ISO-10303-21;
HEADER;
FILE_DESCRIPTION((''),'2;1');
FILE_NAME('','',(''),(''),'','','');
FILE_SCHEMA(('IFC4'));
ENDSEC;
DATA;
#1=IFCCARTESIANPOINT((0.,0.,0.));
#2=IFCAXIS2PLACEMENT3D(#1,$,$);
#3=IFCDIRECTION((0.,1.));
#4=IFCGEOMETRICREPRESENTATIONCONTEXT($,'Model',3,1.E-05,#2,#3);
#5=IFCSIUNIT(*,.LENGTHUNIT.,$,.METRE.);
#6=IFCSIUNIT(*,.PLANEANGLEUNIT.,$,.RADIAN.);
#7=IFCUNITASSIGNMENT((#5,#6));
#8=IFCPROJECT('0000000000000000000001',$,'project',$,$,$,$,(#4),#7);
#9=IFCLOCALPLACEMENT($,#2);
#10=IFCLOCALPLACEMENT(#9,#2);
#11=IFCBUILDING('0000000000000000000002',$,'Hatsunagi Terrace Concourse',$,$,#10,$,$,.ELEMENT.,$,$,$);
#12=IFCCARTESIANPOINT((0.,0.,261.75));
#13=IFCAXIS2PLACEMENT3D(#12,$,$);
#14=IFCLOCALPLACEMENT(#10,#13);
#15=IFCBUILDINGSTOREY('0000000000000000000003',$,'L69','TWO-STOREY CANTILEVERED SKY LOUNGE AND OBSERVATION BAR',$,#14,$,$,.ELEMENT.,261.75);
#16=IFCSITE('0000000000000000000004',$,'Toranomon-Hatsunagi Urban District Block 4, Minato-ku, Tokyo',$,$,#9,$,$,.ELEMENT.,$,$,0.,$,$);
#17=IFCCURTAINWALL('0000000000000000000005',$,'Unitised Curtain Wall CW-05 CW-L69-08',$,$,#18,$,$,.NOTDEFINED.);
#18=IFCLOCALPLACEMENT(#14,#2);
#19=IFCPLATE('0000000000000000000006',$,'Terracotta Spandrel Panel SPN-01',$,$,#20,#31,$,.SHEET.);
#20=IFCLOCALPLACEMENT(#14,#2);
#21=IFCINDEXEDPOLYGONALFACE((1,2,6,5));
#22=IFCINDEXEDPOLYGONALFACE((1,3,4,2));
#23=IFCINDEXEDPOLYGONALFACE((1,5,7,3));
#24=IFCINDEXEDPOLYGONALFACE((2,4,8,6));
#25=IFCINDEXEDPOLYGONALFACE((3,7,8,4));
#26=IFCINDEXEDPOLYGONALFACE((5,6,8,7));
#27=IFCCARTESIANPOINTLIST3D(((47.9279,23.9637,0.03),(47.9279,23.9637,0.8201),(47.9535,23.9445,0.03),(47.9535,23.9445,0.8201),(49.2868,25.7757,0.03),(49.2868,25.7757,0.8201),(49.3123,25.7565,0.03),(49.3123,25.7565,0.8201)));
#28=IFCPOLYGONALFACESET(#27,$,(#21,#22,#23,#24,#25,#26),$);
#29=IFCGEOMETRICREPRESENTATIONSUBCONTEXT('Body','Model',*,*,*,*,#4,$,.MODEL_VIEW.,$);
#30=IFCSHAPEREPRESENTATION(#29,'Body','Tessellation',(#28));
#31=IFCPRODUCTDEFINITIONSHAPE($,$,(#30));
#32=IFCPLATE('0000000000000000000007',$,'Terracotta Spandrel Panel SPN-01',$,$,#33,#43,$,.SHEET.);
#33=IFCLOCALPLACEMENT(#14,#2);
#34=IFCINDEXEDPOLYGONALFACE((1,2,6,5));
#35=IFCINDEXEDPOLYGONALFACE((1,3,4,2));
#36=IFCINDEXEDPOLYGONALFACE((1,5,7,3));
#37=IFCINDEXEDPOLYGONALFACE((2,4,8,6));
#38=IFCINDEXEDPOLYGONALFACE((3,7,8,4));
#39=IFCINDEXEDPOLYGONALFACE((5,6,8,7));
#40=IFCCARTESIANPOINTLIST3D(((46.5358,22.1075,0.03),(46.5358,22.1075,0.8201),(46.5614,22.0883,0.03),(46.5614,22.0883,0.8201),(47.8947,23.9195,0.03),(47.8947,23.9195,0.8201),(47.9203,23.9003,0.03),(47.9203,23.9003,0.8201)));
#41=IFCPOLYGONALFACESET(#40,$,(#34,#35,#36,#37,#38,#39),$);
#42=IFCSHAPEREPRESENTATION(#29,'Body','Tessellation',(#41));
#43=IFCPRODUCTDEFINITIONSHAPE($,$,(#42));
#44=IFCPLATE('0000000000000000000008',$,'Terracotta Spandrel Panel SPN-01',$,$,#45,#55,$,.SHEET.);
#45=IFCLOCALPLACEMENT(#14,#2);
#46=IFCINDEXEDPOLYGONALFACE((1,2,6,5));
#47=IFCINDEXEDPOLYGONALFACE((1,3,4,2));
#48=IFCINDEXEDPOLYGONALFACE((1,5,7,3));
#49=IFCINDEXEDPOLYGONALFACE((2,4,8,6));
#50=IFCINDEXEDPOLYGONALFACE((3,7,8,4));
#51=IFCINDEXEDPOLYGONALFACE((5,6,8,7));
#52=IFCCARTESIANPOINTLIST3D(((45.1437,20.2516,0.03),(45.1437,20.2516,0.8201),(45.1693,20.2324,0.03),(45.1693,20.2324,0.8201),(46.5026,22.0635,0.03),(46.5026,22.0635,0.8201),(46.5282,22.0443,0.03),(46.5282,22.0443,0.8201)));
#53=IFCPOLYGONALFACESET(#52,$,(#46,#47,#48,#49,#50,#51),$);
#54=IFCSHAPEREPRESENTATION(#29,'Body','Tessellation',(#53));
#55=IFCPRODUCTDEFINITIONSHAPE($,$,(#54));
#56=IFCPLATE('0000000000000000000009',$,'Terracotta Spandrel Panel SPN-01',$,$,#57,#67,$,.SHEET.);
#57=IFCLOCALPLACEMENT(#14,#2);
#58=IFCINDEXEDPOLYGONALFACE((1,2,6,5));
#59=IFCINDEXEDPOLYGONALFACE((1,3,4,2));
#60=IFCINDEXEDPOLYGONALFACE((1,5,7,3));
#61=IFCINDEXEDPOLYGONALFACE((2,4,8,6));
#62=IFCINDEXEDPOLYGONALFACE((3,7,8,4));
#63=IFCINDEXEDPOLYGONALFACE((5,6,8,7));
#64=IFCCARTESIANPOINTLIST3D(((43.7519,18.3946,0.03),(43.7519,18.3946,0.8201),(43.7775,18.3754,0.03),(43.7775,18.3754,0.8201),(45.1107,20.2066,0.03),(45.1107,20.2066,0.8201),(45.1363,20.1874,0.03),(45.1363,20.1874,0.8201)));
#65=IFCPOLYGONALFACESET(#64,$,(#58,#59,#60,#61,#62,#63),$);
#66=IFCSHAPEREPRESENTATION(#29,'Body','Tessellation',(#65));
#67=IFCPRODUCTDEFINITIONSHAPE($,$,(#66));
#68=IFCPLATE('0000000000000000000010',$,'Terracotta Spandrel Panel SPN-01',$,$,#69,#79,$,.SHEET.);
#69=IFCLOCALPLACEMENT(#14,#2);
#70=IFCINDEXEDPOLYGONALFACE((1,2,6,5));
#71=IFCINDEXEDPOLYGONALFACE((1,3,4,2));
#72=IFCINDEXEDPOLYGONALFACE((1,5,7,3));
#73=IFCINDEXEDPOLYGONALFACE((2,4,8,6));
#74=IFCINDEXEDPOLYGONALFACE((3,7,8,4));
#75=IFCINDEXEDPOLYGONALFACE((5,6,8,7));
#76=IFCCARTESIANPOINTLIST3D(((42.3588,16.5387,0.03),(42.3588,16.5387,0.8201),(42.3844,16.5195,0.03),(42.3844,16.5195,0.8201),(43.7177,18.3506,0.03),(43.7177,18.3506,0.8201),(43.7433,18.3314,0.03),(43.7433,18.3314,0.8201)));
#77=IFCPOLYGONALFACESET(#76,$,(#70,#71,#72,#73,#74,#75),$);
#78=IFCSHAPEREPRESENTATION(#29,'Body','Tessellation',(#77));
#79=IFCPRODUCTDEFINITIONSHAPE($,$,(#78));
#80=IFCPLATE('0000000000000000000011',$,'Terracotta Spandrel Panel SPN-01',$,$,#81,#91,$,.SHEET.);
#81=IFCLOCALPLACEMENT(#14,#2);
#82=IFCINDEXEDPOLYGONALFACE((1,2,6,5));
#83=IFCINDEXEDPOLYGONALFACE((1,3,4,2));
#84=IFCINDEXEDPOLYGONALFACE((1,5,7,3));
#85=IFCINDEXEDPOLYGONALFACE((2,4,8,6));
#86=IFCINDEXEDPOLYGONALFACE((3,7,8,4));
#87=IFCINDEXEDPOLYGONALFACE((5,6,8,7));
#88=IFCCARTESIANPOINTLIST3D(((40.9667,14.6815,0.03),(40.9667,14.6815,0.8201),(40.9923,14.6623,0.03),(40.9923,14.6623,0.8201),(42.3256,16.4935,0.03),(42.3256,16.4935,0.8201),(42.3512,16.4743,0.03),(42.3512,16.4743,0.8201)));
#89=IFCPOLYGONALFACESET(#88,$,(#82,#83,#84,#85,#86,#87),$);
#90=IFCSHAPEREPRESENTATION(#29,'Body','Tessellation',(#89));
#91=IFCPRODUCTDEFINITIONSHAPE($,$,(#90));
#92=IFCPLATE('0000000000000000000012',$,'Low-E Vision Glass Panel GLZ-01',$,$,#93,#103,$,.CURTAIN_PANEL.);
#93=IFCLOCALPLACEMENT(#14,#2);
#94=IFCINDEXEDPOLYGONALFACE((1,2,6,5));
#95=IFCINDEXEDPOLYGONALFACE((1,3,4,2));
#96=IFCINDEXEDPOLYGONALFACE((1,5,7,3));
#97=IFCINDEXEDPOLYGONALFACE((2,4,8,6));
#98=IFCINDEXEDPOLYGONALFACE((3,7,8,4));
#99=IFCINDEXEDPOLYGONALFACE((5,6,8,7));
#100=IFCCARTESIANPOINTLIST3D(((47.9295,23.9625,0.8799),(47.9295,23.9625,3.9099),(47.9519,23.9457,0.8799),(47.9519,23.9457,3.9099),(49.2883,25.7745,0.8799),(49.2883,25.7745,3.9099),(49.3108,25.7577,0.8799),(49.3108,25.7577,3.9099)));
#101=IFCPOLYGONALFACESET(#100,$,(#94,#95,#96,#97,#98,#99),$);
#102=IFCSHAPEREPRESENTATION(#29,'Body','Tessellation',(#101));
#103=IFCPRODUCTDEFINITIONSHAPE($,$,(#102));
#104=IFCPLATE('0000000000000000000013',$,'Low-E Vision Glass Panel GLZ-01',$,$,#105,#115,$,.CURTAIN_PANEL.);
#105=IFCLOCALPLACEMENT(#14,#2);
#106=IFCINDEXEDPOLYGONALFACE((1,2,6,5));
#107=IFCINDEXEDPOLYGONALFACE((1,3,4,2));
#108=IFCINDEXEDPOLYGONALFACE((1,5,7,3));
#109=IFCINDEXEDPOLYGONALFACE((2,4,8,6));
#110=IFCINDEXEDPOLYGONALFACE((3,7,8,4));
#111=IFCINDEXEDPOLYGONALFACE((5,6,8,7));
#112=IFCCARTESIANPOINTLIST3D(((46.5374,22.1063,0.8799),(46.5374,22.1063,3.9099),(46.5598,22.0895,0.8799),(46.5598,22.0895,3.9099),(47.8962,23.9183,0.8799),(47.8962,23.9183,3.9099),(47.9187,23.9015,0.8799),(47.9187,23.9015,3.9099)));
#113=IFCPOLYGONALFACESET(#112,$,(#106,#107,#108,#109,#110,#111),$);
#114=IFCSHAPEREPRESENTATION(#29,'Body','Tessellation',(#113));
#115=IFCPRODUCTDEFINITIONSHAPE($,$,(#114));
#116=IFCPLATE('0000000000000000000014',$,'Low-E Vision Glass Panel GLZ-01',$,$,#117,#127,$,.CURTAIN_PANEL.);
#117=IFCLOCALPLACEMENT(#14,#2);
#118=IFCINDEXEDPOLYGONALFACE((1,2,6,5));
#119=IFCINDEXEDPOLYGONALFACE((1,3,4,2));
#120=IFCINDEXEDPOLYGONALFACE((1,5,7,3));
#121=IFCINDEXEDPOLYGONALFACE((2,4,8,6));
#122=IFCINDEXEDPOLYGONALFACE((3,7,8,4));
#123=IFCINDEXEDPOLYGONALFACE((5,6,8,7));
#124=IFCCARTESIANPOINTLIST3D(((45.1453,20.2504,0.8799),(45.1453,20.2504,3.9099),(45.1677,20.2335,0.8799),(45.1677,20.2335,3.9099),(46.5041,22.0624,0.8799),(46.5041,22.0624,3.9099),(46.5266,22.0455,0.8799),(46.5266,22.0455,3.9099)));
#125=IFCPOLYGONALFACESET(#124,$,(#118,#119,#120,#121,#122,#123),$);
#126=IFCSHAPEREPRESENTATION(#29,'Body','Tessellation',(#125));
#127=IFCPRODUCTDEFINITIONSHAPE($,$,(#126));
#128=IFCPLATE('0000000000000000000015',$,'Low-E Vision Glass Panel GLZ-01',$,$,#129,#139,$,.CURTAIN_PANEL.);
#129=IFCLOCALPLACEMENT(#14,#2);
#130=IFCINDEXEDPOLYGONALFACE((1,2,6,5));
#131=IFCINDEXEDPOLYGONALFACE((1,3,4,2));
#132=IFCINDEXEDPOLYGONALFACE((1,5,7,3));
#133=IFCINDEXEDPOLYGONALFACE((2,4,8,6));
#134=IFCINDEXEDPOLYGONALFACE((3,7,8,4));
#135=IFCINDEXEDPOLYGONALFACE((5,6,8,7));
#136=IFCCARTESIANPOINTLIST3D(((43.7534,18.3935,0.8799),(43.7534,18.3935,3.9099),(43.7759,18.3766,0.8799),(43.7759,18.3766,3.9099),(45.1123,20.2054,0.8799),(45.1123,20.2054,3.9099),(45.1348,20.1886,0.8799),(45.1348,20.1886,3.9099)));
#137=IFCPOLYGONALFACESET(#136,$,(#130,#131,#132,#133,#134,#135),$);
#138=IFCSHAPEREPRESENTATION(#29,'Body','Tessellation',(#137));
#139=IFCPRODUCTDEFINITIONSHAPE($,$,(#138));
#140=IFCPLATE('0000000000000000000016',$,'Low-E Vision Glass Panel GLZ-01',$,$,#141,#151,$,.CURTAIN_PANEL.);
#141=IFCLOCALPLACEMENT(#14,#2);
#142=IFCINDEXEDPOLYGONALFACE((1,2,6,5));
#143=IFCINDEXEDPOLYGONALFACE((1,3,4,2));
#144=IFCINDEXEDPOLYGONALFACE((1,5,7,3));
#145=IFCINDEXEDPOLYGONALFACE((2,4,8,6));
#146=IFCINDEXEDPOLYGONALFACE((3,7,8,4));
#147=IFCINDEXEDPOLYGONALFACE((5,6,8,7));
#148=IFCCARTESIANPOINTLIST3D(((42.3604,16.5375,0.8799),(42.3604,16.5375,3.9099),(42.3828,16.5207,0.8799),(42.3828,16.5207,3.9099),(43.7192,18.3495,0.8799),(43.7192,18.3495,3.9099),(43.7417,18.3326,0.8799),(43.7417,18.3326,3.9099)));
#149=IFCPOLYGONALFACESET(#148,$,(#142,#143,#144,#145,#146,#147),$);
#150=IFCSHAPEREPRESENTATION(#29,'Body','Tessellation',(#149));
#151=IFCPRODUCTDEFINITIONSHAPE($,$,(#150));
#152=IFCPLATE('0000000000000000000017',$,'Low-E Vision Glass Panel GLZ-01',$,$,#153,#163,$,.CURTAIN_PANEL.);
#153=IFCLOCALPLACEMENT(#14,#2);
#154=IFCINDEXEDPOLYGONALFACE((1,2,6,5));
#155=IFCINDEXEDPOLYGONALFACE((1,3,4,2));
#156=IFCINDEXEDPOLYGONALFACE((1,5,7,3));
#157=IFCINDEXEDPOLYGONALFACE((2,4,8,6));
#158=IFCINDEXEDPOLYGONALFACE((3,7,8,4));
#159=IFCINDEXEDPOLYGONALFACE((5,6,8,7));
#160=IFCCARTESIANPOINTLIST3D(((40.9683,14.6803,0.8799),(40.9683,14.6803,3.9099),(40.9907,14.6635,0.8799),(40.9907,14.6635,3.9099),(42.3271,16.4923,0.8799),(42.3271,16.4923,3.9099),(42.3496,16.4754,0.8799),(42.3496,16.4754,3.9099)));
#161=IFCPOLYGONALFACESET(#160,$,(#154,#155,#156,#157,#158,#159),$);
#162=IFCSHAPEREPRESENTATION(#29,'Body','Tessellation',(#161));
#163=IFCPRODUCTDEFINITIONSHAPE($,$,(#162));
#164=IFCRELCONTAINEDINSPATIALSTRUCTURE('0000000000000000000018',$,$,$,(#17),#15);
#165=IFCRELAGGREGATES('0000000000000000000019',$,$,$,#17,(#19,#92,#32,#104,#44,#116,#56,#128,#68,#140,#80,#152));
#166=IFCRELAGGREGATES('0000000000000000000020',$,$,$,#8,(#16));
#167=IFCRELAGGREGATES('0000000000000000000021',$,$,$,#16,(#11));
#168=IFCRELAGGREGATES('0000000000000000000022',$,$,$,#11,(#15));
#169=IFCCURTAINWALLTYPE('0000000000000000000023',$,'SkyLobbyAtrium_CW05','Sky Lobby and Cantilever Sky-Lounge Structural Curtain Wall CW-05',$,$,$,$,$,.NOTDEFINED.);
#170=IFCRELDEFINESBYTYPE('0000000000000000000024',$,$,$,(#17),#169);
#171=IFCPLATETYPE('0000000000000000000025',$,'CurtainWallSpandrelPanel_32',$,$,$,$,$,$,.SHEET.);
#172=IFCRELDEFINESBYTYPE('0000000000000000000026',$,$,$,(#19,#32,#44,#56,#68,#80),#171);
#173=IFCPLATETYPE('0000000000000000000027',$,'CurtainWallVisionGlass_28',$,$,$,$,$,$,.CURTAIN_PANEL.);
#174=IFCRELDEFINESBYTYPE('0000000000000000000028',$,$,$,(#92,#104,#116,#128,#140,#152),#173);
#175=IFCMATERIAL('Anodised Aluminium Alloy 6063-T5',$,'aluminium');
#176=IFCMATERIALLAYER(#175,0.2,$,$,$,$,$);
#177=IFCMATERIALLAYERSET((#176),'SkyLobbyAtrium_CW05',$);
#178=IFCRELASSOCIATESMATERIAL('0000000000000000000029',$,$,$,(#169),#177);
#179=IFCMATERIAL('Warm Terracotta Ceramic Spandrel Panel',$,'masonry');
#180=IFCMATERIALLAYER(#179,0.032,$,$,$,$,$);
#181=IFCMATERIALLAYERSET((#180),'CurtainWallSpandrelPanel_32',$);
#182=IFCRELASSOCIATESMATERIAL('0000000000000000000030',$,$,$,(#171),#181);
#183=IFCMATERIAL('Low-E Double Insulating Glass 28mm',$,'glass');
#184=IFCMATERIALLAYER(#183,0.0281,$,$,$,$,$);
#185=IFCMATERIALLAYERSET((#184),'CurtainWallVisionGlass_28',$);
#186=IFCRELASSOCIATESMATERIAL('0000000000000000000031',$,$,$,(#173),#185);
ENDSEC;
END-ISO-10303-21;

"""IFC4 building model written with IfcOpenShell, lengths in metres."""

from ifc_helpers import new_model, si_unit, direction, frame, origin, origin_2d, place, context, subcontext, project, spatial, rectangle, extrude, material, layer, layer_set, type_object, element, aggregate, save


model = new_model("IFC4")

# Units and contexts
model_context = context("Model", 3, precision=1e-05, world=origin(), true_north=direction((0.0, 1.0)))
body_context = subcontext(model_context, "Body", "Model", "MODEL_VIEW")
ifc_project = project(units=[si_unit("LENGTHUNIT", "METRE"), si_unit("PLANEANGLEUNIT", "RADIAN")], contexts=[model_context])

# Site, building, storey
site_placement = place(None, origin())
site = spatial("IfcSite", under=ifc_project, at=site_placement, Name="Toranomon-Hatsunagi Urban District Block 4, Minato-ku, Tokyo", CompositionType="ELEMENT", RefElevation=0.0)
building_placement = place(site_placement, origin())
building = spatial("IfcBuilding", under=site, at=building_placement, Name="Hatsunagi Terrace Concourse", CompositionType="ELEMENT")
storey_placement = place(building_placement, frame((0.0, 0.0, 261.75)))
storey = spatial("IfcBuildingStorey", under=building, at=storey_placement, Name="L69", Description="TWO-STOREY CANTILEVERED SKY LOUNGE AND OBSERVATION BAR", CompositionType="ELEMENT", Elevation=261.75)

# Curtain wall
ifc_material_1 = material(Name="Anodised Aluminium Alloy 6063-T5", Category="aluminium")
ifc_layer_1 = layer(ifc_material_1, 0.2)
ifc_layer_set_1 = layer_set([ifc_layer_1], Name="SkyLobbyAtrium_CW05")
curtain_wall_type = type_object("IfcCurtainWallType", Name="SkyLobbyAtrium_CW05", Description="Sky Lobby and Cantilever Sky-Lounge Structural Curtain Wall CW-05", PredefinedType="NOTDEFINED", material=ifc_layer_set_1)
curtain_wall_placement = place(storey_placement, origin())
curtain_wall = element("IfcCurtainWall", 1, at=curtain_wall_placement, inside=storey, type_object=curtain_wall_type, Name="Unitised Curtain Wall CW-05 CW-L69-08", PredefinedType="NOTDEFINED")

# Plates
ifc_material_2 = material(Name="Warm Terracotta Ceramic Spandrel Panel", Category="masonry")
ifc_layer_2 = layer(ifc_material_2, 0.032)
ifc_layer_set_2 = layer_set([ifc_layer_2], Name="CurtainWallSpandrelPanel_32")
plate_type_1 = type_object("IfcPlateType", Name="CurtainWallSpandrelPanel_32", PredefinedType="SHEET", material=ifc_layer_set_2)
plate_1_placement = place(storey_placement, frame((48.6201, 24.8601, 0.03), z_axis=(0.0, 0.0, 1.0), x_axis=(-0.599969, -0.800023, 0.0)))
plate_1 = element("IfcPlate", 2, at=plate_1_placement, type_object=plate_type_1, Name="Terracotta Spandrel Panel SPN-01", PredefinedType="SHEET", context=body_context, shape_type="SweptSolid", body=[
    extrude(rectangle(XDim=2.2649, YDim=0.032, at=origin_2d()), origin(), (0.0, 0.0, 1.0), 0.79),
])
plate_2_placement = place(storey_placement, frame((47.228, 23.0039, 0.03), z_axis=(0.0, 0.0, 1.0), x_axis=(-0.599969, -0.800023, 0.0)))
plate_2 = element("IfcPlate", 3, at=plate_2_placement, type_object=plate_type_1, Name="Terracotta Spandrel Panel SPN-01", PredefinedType="SHEET", context=body_context, shape_type="SweptSolid", body=[
    extrude(rectangle(XDim=2.2649, YDim=0.032, at=origin_2d()), origin(), (0.0, 0.0, 1.0), 0.79),
])
plate_3_placement = place(storey_placement, frame((45.8359, 21.1479, 0.03), z_axis=(0.0, 0.0, 1.0), x_axis=(-0.599969, -0.800023, 0.0)))
plate_3 = element("IfcPlate", 4, at=plate_3_placement, type_object=plate_type_1, Name="Terracotta Spandrel Panel SPN-01", PredefinedType="SHEET", context=body_context, shape_type="SweptSolid", body=[
    extrude(rectangle(XDim=2.2649, YDim=0.032, at=origin_2d()), origin(), (0.0, 0.0, 1.0), 0.79),
])
plate_4_placement = place(storey_placement, frame((44.4441, 19.291, 0.03), z_axis=(0.0, 0.0, 1.0), x_axis=(-0.599969, -0.800023, 0.0)))
plate_4 = element("IfcPlate", 5, at=plate_4_placement, type_object=plate_type_1, Name="Terracotta Spandrel Panel SPN-01", PredefinedType="SHEET", context=body_context, shape_type="SweptSolid", body=[
    extrude(rectangle(XDim=2.2649, YDim=0.032, at=origin_2d()), origin(), (0.0, 0.0, 1.0), 0.79),
])
plate_5_placement = place(storey_placement, frame((43.051, 17.4351, 0.03), z_axis=(0.0, 0.0, 1.0), x_axis=(-0.599969, -0.800023, 0.0)))
plate_5 = element("IfcPlate", 6, at=plate_5_placement, type_object=plate_type_1, Name="Terracotta Spandrel Panel SPN-01", PredefinedType="SHEET", context=body_context, shape_type="SweptSolid", body=[
    extrude(rectangle(XDim=2.2649, YDim=0.032, at=origin_2d()), origin(), (0.0, 0.0, 1.0), 0.79),
])
plate_6_placement = place(storey_placement, frame((41.6589, 15.5779, 0.03), z_axis=(0.0, 0.0, 1.0), x_axis=(-0.599969, -0.800023, 0.0)))
plate_6 = element("IfcPlate", 7, at=plate_6_placement, type_object=plate_type_1, Name="Terracotta Spandrel Panel SPN-01", PredefinedType="SHEET", context=body_context, shape_type="SweptSolid", body=[
    extrude(rectangle(XDim=2.2649, YDim=0.032, at=origin_2d()), origin(), (0.0, 0.0, 1.0), 0.79),
])
ifc_material_3 = material(Name="Low-E Double Insulating Glass 28mm", Category="glass")
ifc_layer_3 = layer(ifc_material_3, 0.0281)
ifc_layer_set_3 = layer_set([ifc_layer_3], Name="CurtainWallVisionGlass_28")
plate_type_2 = type_object("IfcPlateType", Name="CurtainWallVisionGlass_28", PredefinedType="CURTAIN_PANEL", material=ifc_layer_set_3)
plate_7_placement = place(storey_placement, frame((48.6201, 24.8601, 0.8799), z_axis=(0.0, 0.0, 1.0), x_axis=(-0.599969, -0.800023, 0.0)))
plate_7 = element("IfcPlate", 8, at=plate_7_placement, type_object=plate_type_2, Name="Low-E Vision Glass Panel GLZ-01", PredefinedType="CURTAIN_PANEL", context=body_context, shape_type="SweptSolid", body=[
    extrude(rectangle(XDim=2.2649, YDim=0.0281, at=origin_2d()), origin(), (0.0, 0.0, 1.0), 3.03),
])
plate_8_placement = place(storey_placement, frame((47.228, 23.0039, 0.8799), z_axis=(0.0, 0.0, 1.0), x_axis=(-0.599969, -0.800023, 0.0)))
plate_8 = element("IfcPlate", 9, at=plate_8_placement, type_object=plate_type_2, Name="Low-E Vision Glass Panel GLZ-01", PredefinedType="CURTAIN_PANEL", context=body_context, shape_type="SweptSolid", body=[
    extrude(rectangle(XDim=2.2649, YDim=0.0281, at=origin_2d()), origin(), (0.0, 0.0, 1.0), 3.03),
])
plate_9_placement = place(storey_placement, frame((45.8359, 21.1479, 0.8799), z_axis=(0.0, 0.0, 1.0), x_axis=(-0.599969, -0.800023, 0.0)))
plate_9 = element("IfcPlate", 10, at=plate_9_placement, type_object=plate_type_2, Name="Low-E Vision Glass Panel GLZ-01", PredefinedType="CURTAIN_PANEL", context=body_context, shape_type="SweptSolid", body=[
    extrude(rectangle(XDim=2.2649, YDim=0.0281, at=origin_2d()), origin(), (0.0, 0.0, 1.0), 3.03),
])
plate_10_placement = place(storey_placement, frame((44.4441, 19.291, 0.8799), z_axis=(0.0, 0.0, 1.0), x_axis=(-0.599969, -0.800023, 0.0)))
plate_10 = element("IfcPlate", 11, at=plate_10_placement, type_object=plate_type_2, Name="Low-E Vision Glass Panel GLZ-01", PredefinedType="CURTAIN_PANEL", context=body_context, shape_type="SweptSolid", body=[
    extrude(rectangle(XDim=2.2649, YDim=0.0281, at=origin_2d()), origin(), (0.0, 0.0, 1.0), 3.03),
])
plate_11_placement = place(storey_placement, frame((43.051, 17.4351, 0.8799), z_axis=(0.0, 0.0, 1.0), x_axis=(-0.599969, -0.800023, 0.0)))
plate_11 = element("IfcPlate", 12, at=plate_11_placement, type_object=plate_type_2, Name="Low-E Vision Glass Panel GLZ-01", PredefinedType="CURTAIN_PANEL", context=body_context, shape_type="SweptSolid", body=[
    extrude(rectangle(XDim=2.2649, YDim=0.0281, at=origin_2d()), origin(), (0.0, 0.0, 1.0), 3.03),
])
plate_12_placement = place(storey_placement, frame((41.6589, 15.5779, 0.8799), z_axis=(0.0, 0.0, 1.0), x_axis=(-0.599969, -0.800023, 0.0)))
plate_12 = element("IfcPlate", 13, at=plate_12_placement, type_object=plate_type_2, Name="Low-E Vision Glass Panel GLZ-01", PredefinedType="CURTAIN_PANEL", context=body_context, shape_type="SweptSolid", body=[
    extrude(rectangle(XDim=2.2649, YDim=0.0281, at=origin_2d()), origin(), (0.0, 0.0, 1.0), 3.03),
])
aggregate(curtain_wall, [plate_1, plate_7, plate_2, plate_8, plate_3, plate_9, plate_4, plate_10, plate_5, plate_11, plate_6, plate_12])

save(model, "model.ifc")
